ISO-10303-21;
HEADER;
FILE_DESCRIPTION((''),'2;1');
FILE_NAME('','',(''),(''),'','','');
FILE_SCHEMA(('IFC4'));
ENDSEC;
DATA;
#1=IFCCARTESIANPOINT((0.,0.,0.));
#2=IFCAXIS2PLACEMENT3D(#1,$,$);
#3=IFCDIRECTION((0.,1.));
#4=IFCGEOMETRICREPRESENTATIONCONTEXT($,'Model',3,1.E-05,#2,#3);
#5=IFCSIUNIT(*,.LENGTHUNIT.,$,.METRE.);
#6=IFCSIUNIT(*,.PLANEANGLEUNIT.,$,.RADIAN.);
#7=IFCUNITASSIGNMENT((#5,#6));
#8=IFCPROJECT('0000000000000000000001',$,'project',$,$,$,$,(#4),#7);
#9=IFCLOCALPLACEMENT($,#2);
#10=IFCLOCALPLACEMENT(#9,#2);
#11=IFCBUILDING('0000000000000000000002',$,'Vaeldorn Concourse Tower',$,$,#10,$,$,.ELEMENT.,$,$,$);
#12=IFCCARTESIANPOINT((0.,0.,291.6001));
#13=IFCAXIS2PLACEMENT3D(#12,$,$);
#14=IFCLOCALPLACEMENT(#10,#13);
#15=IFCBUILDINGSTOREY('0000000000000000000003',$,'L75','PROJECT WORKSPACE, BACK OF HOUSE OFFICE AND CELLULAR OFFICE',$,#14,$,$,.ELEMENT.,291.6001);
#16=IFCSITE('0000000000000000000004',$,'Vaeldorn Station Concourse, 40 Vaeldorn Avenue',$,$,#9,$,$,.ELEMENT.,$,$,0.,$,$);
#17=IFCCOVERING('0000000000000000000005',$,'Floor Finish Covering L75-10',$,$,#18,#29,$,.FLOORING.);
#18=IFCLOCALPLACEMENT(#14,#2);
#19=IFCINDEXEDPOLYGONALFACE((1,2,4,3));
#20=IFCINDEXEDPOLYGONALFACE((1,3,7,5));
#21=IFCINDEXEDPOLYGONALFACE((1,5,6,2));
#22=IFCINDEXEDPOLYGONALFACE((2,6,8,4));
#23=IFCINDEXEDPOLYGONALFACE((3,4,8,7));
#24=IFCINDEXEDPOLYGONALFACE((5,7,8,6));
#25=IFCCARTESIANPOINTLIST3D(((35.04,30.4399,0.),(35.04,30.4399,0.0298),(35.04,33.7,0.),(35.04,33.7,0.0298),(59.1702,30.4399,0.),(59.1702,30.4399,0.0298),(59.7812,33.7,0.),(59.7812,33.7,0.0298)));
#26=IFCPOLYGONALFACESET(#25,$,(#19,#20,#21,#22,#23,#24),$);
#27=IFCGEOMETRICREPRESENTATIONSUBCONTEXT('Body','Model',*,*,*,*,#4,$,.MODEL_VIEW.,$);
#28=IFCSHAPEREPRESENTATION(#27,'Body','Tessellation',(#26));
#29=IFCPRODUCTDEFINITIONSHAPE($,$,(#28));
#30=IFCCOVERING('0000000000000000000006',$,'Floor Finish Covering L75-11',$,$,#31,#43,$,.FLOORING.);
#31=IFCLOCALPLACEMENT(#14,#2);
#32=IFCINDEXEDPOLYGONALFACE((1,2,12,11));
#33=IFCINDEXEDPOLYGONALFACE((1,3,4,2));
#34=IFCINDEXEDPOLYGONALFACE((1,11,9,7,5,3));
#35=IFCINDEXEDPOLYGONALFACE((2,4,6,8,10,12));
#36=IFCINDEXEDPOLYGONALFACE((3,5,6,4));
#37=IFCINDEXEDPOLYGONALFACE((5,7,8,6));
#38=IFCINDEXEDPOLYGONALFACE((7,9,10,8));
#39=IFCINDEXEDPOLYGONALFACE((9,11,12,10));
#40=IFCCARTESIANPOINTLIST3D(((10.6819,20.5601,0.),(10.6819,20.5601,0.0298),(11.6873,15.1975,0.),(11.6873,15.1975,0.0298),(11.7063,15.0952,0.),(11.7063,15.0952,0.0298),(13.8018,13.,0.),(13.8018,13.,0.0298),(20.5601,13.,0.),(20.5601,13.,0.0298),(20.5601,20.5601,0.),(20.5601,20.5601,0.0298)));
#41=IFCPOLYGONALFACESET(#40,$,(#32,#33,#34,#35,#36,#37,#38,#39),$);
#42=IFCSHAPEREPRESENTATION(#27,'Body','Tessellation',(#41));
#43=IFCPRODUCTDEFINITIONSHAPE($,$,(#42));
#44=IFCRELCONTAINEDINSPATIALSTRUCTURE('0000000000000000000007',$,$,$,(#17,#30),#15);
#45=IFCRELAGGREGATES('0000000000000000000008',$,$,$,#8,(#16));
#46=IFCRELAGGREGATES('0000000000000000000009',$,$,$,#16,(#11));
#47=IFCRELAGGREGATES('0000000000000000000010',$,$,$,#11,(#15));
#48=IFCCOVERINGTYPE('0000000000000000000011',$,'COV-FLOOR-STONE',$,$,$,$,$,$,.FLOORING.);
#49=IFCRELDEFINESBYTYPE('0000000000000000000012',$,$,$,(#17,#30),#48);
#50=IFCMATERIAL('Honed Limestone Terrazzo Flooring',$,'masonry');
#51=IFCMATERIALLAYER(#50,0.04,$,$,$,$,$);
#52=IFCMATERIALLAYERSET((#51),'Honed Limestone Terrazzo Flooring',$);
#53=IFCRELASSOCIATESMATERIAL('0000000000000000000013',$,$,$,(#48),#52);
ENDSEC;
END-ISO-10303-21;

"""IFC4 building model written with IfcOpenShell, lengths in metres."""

from ifc_helpers import new_model, si_unit, direction, frame, origin, place, context, subcontext, project, spatial, polyline, outline, extrude, material, layer, layer_set, type_object, element, save


model = new_model("IFC4")

# Units and contexts
model_context = context("Model", 3, precision=1e-05, world=origin(), true_north=direction((0.0, 1.0)))
body_context = subcontext(model_context, "Body", "Model", "MODEL_VIEW")
ifc_project = project(units=[si_unit("LENGTHUNIT", "METRE"), si_unit("PLANEANGLEUNIT", "RADIAN")], contexts=[model_context])

# Site, building, storey
site_placement = place(None, origin())
site = spatial("IfcSite", under=ifc_project, at=site_placement, Name="Vaeldorn Station Concourse, 40 Vaeldorn Avenue", CompositionType="ELEMENT", RefElevation=0.0)
building_placement = place(site_placement, origin())
building = spatial("IfcBuilding", under=site, at=building_placement, Name="Vaeldorn Concourse Tower", CompositionType="ELEMENT")
storey_placement = place(building_placement, frame((0.0, 0.0, 291.6001)))
storey = spatial("IfcBuildingStorey", under=building, at=storey_placement, Name="L75", Description="PROJECT WORKSPACE, BACK OF HOUSE OFFICE AND CELLULAR OFFICE", CompositionType="ELEMENT", Elevation=291.6001)

# Coverings
ifc_material_1 = material(Name="Honed Limestone Terrazzo Flooring", Category="masonry")
ifc_layer_1 = layer(ifc_material_1, 0.04)
ifc_layer_set_1 = layer_set([ifc_layer_1], Name="Honed Limestone Terrazzo Flooring")
covering_type_1 = type_object("IfcCoveringType", Name="COV-FLOOR-STONE", PredefinedType="FLOORING", material=ifc_layer_set_1)
covering_1_placement = place(storey_placement, origin())
element("IfcCovering", 1, at=covering_1_placement, inside=storey, type_object=covering_type_1, Name="Floor Finish Covering L75-10", PredefinedType="FLOORING", context=body_context, shape_type="SweptSolid", body=[
    extrude(outline(polyline([(35.04, 30.4399), (35.04, 33.7), (59.7812, 33.7), (59.1702, 30.4399), (35.04, 30.4399)])), origin(), (0.0, 0.0, 1.0), 0.0298),
])
covering_2_placement = place(storey_placement, origin())
element("IfcCovering", 2, at=covering_2_placement, inside=storey, type_object=covering_type_1, Name="Floor Finish Covering L75-11", PredefinedType="FLOORING", context=body_context, shape_type="SweptSolid", body=[
    extrude(outline(polyline([(20.5601, 20.5601), (20.5601, 13.0), (13.8018, 13.0), (11.7063, 15.0952), (11.6873, 15.1975), (10.6819, 20.5601), (20.5601, 20.5601)])), origin(), (0.0, 0.0, 1.0), 0.0298),
])

save(model, "model.ifc")
